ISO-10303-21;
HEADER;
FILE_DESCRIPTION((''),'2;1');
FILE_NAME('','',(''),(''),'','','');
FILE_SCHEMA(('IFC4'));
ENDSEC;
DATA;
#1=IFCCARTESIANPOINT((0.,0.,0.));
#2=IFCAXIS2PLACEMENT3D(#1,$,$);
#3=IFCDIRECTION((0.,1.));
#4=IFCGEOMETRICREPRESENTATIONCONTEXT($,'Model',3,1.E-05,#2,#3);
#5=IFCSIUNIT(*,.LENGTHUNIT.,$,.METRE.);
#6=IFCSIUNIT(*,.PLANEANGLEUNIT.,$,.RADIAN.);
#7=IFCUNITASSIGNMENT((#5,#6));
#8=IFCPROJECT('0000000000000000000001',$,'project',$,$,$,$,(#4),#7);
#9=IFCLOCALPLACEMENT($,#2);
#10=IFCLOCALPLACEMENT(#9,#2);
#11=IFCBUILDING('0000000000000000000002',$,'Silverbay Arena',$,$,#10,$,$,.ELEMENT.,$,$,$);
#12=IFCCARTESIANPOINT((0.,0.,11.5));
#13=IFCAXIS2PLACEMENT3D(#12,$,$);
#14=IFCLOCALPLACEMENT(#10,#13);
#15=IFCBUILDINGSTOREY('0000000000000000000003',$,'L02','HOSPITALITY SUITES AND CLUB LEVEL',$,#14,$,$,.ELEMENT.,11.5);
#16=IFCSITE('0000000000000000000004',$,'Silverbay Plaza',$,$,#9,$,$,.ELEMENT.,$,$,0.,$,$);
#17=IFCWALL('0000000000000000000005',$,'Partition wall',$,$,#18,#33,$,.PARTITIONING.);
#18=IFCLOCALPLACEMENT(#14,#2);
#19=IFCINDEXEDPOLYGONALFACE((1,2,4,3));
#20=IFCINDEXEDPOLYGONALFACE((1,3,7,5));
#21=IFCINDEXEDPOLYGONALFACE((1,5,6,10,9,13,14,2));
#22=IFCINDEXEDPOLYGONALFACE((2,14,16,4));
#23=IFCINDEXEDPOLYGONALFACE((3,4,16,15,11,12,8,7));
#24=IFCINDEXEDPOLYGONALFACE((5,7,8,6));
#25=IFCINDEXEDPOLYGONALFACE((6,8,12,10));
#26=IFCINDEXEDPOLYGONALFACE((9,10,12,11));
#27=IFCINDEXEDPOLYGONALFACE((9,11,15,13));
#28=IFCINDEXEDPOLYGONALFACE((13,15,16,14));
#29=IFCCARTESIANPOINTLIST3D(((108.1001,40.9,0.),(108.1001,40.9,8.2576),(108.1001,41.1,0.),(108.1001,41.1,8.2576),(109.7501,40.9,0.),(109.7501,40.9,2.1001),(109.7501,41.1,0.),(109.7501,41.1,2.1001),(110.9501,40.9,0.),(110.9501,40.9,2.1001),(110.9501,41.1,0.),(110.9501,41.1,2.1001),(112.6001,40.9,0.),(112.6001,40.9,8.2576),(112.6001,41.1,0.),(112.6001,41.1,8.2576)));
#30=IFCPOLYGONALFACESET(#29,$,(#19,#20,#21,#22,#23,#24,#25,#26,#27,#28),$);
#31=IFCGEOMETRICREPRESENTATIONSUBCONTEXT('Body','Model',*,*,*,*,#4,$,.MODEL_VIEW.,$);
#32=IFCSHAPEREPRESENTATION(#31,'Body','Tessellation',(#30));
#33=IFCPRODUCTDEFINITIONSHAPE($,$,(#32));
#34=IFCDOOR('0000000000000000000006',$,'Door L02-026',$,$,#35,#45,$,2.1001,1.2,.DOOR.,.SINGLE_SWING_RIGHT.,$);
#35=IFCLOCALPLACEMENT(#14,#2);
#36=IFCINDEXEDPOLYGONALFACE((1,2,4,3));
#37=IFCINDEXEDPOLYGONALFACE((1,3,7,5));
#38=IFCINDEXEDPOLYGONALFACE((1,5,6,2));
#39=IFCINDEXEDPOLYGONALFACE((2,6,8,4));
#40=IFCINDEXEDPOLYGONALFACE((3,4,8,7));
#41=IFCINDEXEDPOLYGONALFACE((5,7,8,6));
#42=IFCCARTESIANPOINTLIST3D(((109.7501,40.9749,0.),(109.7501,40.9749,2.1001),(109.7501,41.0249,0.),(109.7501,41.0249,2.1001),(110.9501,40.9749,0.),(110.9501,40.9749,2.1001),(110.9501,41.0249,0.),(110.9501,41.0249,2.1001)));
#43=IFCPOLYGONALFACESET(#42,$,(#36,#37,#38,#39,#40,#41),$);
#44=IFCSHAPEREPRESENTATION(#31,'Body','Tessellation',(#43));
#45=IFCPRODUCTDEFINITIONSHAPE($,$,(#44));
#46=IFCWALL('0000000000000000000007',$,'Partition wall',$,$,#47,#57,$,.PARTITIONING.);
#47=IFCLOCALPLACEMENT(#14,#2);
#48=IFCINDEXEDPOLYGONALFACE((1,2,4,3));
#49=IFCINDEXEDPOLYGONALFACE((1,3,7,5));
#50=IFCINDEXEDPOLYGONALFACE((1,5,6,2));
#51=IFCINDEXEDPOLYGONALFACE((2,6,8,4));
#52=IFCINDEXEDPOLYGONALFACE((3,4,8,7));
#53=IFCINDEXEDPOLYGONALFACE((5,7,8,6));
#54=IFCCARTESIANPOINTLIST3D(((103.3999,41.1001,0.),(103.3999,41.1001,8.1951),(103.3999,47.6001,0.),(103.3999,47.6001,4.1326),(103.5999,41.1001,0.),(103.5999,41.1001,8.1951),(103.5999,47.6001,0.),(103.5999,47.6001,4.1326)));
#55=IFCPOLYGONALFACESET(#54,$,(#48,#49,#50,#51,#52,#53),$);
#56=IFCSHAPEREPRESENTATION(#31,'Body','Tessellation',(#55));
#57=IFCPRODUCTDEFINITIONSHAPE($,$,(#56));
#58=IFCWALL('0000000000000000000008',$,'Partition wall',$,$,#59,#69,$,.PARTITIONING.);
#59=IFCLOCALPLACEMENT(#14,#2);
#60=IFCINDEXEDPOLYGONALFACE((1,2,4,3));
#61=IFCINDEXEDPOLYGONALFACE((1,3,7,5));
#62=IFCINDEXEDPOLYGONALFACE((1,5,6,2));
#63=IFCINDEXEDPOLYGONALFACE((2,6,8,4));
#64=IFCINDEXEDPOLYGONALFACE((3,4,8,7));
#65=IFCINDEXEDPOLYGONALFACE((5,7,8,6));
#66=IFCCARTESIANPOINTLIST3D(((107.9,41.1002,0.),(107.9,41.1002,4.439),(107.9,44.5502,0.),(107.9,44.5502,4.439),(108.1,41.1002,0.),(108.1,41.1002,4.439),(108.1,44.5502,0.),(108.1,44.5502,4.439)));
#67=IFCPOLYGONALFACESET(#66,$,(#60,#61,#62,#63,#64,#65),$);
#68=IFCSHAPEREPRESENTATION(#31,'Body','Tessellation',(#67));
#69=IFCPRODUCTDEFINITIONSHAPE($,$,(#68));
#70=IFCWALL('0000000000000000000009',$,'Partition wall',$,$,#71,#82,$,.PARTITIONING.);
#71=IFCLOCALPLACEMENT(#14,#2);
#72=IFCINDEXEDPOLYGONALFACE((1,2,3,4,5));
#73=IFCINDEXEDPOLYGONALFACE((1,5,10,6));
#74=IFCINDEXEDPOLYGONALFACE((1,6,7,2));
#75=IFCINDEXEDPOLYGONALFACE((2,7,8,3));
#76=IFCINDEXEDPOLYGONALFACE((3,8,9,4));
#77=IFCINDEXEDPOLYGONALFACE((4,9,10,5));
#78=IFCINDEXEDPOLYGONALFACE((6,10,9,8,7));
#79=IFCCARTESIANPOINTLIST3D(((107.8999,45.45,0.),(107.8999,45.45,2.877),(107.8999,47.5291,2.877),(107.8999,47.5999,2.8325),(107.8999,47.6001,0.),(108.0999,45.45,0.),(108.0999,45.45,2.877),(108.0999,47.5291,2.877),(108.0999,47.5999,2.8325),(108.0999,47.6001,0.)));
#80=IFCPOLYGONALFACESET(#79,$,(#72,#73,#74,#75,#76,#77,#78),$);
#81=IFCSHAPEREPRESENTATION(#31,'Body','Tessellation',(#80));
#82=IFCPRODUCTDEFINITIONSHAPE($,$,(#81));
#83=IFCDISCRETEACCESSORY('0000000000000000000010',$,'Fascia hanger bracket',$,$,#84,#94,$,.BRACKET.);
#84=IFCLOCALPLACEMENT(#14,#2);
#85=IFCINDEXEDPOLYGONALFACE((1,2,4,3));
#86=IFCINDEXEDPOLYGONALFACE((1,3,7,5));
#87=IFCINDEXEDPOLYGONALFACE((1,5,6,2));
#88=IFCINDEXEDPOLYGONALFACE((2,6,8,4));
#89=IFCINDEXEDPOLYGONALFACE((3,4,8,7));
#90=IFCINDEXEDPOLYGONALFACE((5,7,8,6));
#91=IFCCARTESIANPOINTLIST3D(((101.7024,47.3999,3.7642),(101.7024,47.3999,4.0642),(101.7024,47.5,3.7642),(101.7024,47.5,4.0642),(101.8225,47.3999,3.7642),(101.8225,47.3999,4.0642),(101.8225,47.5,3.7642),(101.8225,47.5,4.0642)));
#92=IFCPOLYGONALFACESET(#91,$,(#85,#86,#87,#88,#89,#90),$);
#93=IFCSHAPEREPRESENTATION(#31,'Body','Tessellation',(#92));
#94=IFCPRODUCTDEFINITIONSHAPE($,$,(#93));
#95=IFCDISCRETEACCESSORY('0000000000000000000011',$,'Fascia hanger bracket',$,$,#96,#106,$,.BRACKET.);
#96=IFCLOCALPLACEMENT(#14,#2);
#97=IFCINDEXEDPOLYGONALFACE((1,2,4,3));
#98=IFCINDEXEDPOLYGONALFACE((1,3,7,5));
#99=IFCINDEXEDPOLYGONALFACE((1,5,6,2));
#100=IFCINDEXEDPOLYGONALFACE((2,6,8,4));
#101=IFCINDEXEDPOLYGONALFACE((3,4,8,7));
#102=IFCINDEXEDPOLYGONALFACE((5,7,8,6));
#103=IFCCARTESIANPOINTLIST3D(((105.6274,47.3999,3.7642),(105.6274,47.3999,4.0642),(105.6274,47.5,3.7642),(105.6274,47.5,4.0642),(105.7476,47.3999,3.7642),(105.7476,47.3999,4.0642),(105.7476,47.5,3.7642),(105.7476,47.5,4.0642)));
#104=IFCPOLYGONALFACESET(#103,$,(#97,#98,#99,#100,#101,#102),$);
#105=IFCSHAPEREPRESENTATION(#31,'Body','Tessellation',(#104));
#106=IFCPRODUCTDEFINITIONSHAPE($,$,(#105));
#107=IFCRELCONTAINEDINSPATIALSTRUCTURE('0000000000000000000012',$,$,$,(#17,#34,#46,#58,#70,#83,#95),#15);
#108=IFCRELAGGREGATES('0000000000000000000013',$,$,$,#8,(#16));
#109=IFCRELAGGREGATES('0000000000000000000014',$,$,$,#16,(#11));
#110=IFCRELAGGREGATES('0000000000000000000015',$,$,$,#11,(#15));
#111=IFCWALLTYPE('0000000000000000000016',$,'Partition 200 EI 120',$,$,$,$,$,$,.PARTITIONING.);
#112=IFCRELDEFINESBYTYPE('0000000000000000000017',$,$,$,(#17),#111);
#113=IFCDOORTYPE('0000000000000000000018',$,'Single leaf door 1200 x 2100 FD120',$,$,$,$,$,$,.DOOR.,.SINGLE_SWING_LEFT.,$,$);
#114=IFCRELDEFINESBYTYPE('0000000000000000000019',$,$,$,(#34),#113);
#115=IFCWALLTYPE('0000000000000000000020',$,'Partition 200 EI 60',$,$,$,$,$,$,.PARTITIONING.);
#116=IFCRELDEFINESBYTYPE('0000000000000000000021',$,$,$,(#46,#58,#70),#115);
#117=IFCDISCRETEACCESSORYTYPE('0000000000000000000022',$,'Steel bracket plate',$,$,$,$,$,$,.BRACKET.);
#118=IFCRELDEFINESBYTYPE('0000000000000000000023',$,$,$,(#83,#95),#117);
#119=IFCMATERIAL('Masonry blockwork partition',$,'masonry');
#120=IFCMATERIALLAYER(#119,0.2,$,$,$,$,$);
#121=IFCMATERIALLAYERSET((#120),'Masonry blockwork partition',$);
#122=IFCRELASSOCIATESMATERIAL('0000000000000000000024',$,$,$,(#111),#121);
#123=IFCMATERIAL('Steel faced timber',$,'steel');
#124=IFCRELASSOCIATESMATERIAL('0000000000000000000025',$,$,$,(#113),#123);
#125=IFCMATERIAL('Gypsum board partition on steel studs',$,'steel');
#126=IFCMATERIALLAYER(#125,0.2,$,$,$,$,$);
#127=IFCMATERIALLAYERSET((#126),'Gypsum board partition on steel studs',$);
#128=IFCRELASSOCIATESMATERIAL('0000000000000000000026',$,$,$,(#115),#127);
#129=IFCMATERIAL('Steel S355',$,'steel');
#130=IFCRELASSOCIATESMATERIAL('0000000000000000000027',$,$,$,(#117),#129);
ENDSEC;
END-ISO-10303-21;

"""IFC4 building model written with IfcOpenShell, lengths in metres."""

from ifc_helpers import new_model, si_unit, direction, frame, frame_2d, origin, origin_2d, place, context, subcontext, project, spatial, polyline, rectangle, outline, extrude, material, layer, layer_set, type_object, element, fill, save


model = new_model("IFC4")

# Units and contexts
model_context = context("Model", 3, precision=1e-05, world=origin(), true_north=direction((0.0, 1.0)))
body_context = subcontext(model_context, "Body", "Model", "MODEL_VIEW")
ifc_project = project(units=[si_unit("LENGTHUNIT", "METRE"), si_unit("PLANEANGLEUNIT", "RADIAN")], contexts=[model_context])

# Site, building, storey
site_placement = place(None, origin())
site = spatial("IfcSite", under=ifc_project, at=site_placement, Name="Silverbay Plaza", CompositionType="ELEMENT", RefElevation=0.0)
building_placement = place(site_placement, origin())
building = spatial("IfcBuilding", under=site, at=building_placement, Name="Silverbay Arena", CompositionType="ELEMENT")
storey_placement = place(building_placement, frame((0.0, 0.0, 11.5)))
storey = spatial("IfcBuildingStorey", under=building, at=storey_placement, Name="L02", Description="HOSPITALITY SUITES AND CLUB LEVEL", CompositionType="ELEMENT", Elevation=11.5)

# Wall, opening, door
ifc_material_1 = material(Name="Masonry blockwork partition", Category="masonry")
ifc_layer_1 = layer(ifc_material_1, 0.2)
ifc_layer_set_1 = layer_set([ifc_layer_1], Name="Masonry blockwork partition")
wall_type_1 = type_object("IfcWallType", Name="Partition 200 EI 120", PredefinedType="PARTITIONING", material=ifc_layer_set_1)
ifc_material_2 = material(Name="Steel faced timber", Category="steel")
door_type = type_object("IfcDoorType", Name="Single leaf door 1200 x 2100 FD120", OperationType="SINGLE_SWING_LEFT", PredefinedType="DOOR", material=ifc_material_2)
wall_1_placement = place(storey_placement, frame((108.1001, 41.0, 0.0), z_axis=(0.0, 0.0, 1.0), x_axis=(1.0, 0.0, 0.0)))
wall_1 = element("IfcWall", 1, at=wall_1_placement, inside=storey, type_object=wall_type_1, Name="Partition wall", PredefinedType="PARTITIONING", context=body_context, shape_type="SweptSolid", body=[
    extrude(rectangle(XDim=4.5, YDim=0.2, at=frame_2d((2.25, 0.0))), origin(), (0.0, 0.0, 1.0), 8.2576),
])
opening_1_placement = place(wall_1_placement, frame((1.6499, 0.0, 0.0)))
opening_1 = element("IfcOpeningElement", 2, at=opening_1_placement, cuts=wall_1, PredefinedType="OPENING", context=body_context, shape_type="SweptSolid", body=[
    extrude(rectangle(XDim=1.2, YDim=2.1001, at=frame_2d((0.6001, 1.05))), frame((0.0, 0.1099, 0.0), z_axis=(0.0, -1.0, 0.0), x_axis=(1.0, 0.0, 0.0)), (0.0, 0.0, 1.0), 0.22),
])
door_1_placement = place(opening_1_placement, origin())
door_1 = element("IfcDoor", 3, at=door_1_placement, inside=storey, type_object=door_type, Name="Door L02-026", OperationType="SINGLE_SWING_RIGHT", OverallHeight=2.1001, OverallWidth=1.2, PredefinedType="DOOR", context=body_context, shape_type="SweptSolid", body=[
    extrude(rectangle(XDim=1.2, YDim=2.1001, at=frame_2d((0.6001, 1.05))), frame((0.0, 0.0249, 0.0), z_axis=(0.0, -1.0, 0.0), x_axis=(1.0, 0.0, 0.0)), (0.0, 0.0, 1.0), 0.05),
])
fill(opening_1, door_1)

# Walls
ifc_material_3 = material(Name="Gypsum board partition on steel studs", Category="steel")
ifc_layer_2 = layer(ifc_material_3, 0.2)
ifc_layer_set_2 = layer_set([ifc_layer_2], Name="Gypsum board partition on steel studs")
wall_type_2 = type_object("IfcWallType", Name="Partition 200 EI 60", PredefinedType="PARTITIONING", material=ifc_layer_set_2)
wall_2_placement = place(storey_placement, frame((103.5, 41.1001, 0.0), z_axis=(0.0, 0.0, 1.0), x_axis=(0.0, 1.0, 0.0)))
element("IfcWall", 4, at=wall_2_placement, inside=storey, type_object=wall_type_2, Name="Partition wall", PredefinedType="PARTITIONING", context=body_context, shape_type="SweptSolid", body=[
    extrude(outline(polyline([(0.0, 0.0), (6.5, 0.0), (6.5, 4.1326), (0.0, 8.1951), (0.0, 0.0)])), frame((0.0, 0.1001, 0.0), z_axis=(0.0, -1.0, 0.0), x_axis=(1.0, 0.0, 0.0)), (0.0, 0.0, 1.0), 0.2),
])
wall_3_placement = place(storey_placement, frame((108.0, 41.1001, 0.0), z_axis=(0.0, 0.0, 1.0), x_axis=(0.0, 1.0, 0.0)))
element("IfcWall", 5, at=wall_3_placement, inside=storey, type_object=wall_type_2, Name="Partition wall", PredefinedType="PARTITIONING", context=body_context, shape_type="SweptSolid", body=[
    extrude(rectangle(XDim=3.45, YDim=0.2, at=frame_2d((1.7251, 0.0))), origin(), (0.0, 0.0, 1.0), 4.439),
])
wall_4_placement = place(storey_placement, frame((108.0, 45.45, 0.0), z_axis=(0.0, 0.0, 1.0), x_axis=(0.0, 1.0, 0.0)))
element("IfcWall", 6, at=wall_4_placement, inside=storey, type_object=wall_type_2, Name="Partition wall", PredefinedType="PARTITIONING", context=body_context, shape_type="SweptSolid", body=[
    extrude(outline(polyline([(0.0, 0.0), (2.1501, 0.0), (2.1499, 2.8325), (2.0791, 2.877), (0.0, 2.877), (0.0, 0.0)])), frame((0.0, 0.1001, 0.0), z_axis=(0.0, -1.0, 0.0), x_axis=(1.0, 0.0, 0.0)), (0.0, 0.0, 1.0), 0.2),
])

# Discrete accessories
ifc_material_4 = material(Name="Steel S355", Category="steel")
discrete_accessory_type = type_object("IfcDiscreteAccessoryType", Name="Steel bracket plate", PredefinedType="BRACKET", material=ifc_material_4)
for number, where, z_axis, x_axis, name in (
    (7, (101.7625, 47.45, 3.7642), (0.0, 0.0, 1.0), (1.0, 0.0, 0.0), "Fascia hanger bracket"),
    (8, (105.6875, 47.45, 3.7642), (0.0, 0.0, 1.0), (1.0, 0.0, 0.0), "Fascia hanger bracket"),
):
    element("IfcDiscreteAccessory", number, at=place(storey_placement, frame(where, z_axis=z_axis, x_axis=x_axis)), inside=storey, type_object=discrete_accessory_type, Name=name, PredefinedType="BRACKET", context=body_context, shape_type="SweptSolid", body=[
        extrude(rectangle(XDim=0.1201, YDim=0.1001, at=origin_2d()), origin(), (0.0, 0.0, 1.0), 0.3),
    ])

save(model, "model.ifc")
